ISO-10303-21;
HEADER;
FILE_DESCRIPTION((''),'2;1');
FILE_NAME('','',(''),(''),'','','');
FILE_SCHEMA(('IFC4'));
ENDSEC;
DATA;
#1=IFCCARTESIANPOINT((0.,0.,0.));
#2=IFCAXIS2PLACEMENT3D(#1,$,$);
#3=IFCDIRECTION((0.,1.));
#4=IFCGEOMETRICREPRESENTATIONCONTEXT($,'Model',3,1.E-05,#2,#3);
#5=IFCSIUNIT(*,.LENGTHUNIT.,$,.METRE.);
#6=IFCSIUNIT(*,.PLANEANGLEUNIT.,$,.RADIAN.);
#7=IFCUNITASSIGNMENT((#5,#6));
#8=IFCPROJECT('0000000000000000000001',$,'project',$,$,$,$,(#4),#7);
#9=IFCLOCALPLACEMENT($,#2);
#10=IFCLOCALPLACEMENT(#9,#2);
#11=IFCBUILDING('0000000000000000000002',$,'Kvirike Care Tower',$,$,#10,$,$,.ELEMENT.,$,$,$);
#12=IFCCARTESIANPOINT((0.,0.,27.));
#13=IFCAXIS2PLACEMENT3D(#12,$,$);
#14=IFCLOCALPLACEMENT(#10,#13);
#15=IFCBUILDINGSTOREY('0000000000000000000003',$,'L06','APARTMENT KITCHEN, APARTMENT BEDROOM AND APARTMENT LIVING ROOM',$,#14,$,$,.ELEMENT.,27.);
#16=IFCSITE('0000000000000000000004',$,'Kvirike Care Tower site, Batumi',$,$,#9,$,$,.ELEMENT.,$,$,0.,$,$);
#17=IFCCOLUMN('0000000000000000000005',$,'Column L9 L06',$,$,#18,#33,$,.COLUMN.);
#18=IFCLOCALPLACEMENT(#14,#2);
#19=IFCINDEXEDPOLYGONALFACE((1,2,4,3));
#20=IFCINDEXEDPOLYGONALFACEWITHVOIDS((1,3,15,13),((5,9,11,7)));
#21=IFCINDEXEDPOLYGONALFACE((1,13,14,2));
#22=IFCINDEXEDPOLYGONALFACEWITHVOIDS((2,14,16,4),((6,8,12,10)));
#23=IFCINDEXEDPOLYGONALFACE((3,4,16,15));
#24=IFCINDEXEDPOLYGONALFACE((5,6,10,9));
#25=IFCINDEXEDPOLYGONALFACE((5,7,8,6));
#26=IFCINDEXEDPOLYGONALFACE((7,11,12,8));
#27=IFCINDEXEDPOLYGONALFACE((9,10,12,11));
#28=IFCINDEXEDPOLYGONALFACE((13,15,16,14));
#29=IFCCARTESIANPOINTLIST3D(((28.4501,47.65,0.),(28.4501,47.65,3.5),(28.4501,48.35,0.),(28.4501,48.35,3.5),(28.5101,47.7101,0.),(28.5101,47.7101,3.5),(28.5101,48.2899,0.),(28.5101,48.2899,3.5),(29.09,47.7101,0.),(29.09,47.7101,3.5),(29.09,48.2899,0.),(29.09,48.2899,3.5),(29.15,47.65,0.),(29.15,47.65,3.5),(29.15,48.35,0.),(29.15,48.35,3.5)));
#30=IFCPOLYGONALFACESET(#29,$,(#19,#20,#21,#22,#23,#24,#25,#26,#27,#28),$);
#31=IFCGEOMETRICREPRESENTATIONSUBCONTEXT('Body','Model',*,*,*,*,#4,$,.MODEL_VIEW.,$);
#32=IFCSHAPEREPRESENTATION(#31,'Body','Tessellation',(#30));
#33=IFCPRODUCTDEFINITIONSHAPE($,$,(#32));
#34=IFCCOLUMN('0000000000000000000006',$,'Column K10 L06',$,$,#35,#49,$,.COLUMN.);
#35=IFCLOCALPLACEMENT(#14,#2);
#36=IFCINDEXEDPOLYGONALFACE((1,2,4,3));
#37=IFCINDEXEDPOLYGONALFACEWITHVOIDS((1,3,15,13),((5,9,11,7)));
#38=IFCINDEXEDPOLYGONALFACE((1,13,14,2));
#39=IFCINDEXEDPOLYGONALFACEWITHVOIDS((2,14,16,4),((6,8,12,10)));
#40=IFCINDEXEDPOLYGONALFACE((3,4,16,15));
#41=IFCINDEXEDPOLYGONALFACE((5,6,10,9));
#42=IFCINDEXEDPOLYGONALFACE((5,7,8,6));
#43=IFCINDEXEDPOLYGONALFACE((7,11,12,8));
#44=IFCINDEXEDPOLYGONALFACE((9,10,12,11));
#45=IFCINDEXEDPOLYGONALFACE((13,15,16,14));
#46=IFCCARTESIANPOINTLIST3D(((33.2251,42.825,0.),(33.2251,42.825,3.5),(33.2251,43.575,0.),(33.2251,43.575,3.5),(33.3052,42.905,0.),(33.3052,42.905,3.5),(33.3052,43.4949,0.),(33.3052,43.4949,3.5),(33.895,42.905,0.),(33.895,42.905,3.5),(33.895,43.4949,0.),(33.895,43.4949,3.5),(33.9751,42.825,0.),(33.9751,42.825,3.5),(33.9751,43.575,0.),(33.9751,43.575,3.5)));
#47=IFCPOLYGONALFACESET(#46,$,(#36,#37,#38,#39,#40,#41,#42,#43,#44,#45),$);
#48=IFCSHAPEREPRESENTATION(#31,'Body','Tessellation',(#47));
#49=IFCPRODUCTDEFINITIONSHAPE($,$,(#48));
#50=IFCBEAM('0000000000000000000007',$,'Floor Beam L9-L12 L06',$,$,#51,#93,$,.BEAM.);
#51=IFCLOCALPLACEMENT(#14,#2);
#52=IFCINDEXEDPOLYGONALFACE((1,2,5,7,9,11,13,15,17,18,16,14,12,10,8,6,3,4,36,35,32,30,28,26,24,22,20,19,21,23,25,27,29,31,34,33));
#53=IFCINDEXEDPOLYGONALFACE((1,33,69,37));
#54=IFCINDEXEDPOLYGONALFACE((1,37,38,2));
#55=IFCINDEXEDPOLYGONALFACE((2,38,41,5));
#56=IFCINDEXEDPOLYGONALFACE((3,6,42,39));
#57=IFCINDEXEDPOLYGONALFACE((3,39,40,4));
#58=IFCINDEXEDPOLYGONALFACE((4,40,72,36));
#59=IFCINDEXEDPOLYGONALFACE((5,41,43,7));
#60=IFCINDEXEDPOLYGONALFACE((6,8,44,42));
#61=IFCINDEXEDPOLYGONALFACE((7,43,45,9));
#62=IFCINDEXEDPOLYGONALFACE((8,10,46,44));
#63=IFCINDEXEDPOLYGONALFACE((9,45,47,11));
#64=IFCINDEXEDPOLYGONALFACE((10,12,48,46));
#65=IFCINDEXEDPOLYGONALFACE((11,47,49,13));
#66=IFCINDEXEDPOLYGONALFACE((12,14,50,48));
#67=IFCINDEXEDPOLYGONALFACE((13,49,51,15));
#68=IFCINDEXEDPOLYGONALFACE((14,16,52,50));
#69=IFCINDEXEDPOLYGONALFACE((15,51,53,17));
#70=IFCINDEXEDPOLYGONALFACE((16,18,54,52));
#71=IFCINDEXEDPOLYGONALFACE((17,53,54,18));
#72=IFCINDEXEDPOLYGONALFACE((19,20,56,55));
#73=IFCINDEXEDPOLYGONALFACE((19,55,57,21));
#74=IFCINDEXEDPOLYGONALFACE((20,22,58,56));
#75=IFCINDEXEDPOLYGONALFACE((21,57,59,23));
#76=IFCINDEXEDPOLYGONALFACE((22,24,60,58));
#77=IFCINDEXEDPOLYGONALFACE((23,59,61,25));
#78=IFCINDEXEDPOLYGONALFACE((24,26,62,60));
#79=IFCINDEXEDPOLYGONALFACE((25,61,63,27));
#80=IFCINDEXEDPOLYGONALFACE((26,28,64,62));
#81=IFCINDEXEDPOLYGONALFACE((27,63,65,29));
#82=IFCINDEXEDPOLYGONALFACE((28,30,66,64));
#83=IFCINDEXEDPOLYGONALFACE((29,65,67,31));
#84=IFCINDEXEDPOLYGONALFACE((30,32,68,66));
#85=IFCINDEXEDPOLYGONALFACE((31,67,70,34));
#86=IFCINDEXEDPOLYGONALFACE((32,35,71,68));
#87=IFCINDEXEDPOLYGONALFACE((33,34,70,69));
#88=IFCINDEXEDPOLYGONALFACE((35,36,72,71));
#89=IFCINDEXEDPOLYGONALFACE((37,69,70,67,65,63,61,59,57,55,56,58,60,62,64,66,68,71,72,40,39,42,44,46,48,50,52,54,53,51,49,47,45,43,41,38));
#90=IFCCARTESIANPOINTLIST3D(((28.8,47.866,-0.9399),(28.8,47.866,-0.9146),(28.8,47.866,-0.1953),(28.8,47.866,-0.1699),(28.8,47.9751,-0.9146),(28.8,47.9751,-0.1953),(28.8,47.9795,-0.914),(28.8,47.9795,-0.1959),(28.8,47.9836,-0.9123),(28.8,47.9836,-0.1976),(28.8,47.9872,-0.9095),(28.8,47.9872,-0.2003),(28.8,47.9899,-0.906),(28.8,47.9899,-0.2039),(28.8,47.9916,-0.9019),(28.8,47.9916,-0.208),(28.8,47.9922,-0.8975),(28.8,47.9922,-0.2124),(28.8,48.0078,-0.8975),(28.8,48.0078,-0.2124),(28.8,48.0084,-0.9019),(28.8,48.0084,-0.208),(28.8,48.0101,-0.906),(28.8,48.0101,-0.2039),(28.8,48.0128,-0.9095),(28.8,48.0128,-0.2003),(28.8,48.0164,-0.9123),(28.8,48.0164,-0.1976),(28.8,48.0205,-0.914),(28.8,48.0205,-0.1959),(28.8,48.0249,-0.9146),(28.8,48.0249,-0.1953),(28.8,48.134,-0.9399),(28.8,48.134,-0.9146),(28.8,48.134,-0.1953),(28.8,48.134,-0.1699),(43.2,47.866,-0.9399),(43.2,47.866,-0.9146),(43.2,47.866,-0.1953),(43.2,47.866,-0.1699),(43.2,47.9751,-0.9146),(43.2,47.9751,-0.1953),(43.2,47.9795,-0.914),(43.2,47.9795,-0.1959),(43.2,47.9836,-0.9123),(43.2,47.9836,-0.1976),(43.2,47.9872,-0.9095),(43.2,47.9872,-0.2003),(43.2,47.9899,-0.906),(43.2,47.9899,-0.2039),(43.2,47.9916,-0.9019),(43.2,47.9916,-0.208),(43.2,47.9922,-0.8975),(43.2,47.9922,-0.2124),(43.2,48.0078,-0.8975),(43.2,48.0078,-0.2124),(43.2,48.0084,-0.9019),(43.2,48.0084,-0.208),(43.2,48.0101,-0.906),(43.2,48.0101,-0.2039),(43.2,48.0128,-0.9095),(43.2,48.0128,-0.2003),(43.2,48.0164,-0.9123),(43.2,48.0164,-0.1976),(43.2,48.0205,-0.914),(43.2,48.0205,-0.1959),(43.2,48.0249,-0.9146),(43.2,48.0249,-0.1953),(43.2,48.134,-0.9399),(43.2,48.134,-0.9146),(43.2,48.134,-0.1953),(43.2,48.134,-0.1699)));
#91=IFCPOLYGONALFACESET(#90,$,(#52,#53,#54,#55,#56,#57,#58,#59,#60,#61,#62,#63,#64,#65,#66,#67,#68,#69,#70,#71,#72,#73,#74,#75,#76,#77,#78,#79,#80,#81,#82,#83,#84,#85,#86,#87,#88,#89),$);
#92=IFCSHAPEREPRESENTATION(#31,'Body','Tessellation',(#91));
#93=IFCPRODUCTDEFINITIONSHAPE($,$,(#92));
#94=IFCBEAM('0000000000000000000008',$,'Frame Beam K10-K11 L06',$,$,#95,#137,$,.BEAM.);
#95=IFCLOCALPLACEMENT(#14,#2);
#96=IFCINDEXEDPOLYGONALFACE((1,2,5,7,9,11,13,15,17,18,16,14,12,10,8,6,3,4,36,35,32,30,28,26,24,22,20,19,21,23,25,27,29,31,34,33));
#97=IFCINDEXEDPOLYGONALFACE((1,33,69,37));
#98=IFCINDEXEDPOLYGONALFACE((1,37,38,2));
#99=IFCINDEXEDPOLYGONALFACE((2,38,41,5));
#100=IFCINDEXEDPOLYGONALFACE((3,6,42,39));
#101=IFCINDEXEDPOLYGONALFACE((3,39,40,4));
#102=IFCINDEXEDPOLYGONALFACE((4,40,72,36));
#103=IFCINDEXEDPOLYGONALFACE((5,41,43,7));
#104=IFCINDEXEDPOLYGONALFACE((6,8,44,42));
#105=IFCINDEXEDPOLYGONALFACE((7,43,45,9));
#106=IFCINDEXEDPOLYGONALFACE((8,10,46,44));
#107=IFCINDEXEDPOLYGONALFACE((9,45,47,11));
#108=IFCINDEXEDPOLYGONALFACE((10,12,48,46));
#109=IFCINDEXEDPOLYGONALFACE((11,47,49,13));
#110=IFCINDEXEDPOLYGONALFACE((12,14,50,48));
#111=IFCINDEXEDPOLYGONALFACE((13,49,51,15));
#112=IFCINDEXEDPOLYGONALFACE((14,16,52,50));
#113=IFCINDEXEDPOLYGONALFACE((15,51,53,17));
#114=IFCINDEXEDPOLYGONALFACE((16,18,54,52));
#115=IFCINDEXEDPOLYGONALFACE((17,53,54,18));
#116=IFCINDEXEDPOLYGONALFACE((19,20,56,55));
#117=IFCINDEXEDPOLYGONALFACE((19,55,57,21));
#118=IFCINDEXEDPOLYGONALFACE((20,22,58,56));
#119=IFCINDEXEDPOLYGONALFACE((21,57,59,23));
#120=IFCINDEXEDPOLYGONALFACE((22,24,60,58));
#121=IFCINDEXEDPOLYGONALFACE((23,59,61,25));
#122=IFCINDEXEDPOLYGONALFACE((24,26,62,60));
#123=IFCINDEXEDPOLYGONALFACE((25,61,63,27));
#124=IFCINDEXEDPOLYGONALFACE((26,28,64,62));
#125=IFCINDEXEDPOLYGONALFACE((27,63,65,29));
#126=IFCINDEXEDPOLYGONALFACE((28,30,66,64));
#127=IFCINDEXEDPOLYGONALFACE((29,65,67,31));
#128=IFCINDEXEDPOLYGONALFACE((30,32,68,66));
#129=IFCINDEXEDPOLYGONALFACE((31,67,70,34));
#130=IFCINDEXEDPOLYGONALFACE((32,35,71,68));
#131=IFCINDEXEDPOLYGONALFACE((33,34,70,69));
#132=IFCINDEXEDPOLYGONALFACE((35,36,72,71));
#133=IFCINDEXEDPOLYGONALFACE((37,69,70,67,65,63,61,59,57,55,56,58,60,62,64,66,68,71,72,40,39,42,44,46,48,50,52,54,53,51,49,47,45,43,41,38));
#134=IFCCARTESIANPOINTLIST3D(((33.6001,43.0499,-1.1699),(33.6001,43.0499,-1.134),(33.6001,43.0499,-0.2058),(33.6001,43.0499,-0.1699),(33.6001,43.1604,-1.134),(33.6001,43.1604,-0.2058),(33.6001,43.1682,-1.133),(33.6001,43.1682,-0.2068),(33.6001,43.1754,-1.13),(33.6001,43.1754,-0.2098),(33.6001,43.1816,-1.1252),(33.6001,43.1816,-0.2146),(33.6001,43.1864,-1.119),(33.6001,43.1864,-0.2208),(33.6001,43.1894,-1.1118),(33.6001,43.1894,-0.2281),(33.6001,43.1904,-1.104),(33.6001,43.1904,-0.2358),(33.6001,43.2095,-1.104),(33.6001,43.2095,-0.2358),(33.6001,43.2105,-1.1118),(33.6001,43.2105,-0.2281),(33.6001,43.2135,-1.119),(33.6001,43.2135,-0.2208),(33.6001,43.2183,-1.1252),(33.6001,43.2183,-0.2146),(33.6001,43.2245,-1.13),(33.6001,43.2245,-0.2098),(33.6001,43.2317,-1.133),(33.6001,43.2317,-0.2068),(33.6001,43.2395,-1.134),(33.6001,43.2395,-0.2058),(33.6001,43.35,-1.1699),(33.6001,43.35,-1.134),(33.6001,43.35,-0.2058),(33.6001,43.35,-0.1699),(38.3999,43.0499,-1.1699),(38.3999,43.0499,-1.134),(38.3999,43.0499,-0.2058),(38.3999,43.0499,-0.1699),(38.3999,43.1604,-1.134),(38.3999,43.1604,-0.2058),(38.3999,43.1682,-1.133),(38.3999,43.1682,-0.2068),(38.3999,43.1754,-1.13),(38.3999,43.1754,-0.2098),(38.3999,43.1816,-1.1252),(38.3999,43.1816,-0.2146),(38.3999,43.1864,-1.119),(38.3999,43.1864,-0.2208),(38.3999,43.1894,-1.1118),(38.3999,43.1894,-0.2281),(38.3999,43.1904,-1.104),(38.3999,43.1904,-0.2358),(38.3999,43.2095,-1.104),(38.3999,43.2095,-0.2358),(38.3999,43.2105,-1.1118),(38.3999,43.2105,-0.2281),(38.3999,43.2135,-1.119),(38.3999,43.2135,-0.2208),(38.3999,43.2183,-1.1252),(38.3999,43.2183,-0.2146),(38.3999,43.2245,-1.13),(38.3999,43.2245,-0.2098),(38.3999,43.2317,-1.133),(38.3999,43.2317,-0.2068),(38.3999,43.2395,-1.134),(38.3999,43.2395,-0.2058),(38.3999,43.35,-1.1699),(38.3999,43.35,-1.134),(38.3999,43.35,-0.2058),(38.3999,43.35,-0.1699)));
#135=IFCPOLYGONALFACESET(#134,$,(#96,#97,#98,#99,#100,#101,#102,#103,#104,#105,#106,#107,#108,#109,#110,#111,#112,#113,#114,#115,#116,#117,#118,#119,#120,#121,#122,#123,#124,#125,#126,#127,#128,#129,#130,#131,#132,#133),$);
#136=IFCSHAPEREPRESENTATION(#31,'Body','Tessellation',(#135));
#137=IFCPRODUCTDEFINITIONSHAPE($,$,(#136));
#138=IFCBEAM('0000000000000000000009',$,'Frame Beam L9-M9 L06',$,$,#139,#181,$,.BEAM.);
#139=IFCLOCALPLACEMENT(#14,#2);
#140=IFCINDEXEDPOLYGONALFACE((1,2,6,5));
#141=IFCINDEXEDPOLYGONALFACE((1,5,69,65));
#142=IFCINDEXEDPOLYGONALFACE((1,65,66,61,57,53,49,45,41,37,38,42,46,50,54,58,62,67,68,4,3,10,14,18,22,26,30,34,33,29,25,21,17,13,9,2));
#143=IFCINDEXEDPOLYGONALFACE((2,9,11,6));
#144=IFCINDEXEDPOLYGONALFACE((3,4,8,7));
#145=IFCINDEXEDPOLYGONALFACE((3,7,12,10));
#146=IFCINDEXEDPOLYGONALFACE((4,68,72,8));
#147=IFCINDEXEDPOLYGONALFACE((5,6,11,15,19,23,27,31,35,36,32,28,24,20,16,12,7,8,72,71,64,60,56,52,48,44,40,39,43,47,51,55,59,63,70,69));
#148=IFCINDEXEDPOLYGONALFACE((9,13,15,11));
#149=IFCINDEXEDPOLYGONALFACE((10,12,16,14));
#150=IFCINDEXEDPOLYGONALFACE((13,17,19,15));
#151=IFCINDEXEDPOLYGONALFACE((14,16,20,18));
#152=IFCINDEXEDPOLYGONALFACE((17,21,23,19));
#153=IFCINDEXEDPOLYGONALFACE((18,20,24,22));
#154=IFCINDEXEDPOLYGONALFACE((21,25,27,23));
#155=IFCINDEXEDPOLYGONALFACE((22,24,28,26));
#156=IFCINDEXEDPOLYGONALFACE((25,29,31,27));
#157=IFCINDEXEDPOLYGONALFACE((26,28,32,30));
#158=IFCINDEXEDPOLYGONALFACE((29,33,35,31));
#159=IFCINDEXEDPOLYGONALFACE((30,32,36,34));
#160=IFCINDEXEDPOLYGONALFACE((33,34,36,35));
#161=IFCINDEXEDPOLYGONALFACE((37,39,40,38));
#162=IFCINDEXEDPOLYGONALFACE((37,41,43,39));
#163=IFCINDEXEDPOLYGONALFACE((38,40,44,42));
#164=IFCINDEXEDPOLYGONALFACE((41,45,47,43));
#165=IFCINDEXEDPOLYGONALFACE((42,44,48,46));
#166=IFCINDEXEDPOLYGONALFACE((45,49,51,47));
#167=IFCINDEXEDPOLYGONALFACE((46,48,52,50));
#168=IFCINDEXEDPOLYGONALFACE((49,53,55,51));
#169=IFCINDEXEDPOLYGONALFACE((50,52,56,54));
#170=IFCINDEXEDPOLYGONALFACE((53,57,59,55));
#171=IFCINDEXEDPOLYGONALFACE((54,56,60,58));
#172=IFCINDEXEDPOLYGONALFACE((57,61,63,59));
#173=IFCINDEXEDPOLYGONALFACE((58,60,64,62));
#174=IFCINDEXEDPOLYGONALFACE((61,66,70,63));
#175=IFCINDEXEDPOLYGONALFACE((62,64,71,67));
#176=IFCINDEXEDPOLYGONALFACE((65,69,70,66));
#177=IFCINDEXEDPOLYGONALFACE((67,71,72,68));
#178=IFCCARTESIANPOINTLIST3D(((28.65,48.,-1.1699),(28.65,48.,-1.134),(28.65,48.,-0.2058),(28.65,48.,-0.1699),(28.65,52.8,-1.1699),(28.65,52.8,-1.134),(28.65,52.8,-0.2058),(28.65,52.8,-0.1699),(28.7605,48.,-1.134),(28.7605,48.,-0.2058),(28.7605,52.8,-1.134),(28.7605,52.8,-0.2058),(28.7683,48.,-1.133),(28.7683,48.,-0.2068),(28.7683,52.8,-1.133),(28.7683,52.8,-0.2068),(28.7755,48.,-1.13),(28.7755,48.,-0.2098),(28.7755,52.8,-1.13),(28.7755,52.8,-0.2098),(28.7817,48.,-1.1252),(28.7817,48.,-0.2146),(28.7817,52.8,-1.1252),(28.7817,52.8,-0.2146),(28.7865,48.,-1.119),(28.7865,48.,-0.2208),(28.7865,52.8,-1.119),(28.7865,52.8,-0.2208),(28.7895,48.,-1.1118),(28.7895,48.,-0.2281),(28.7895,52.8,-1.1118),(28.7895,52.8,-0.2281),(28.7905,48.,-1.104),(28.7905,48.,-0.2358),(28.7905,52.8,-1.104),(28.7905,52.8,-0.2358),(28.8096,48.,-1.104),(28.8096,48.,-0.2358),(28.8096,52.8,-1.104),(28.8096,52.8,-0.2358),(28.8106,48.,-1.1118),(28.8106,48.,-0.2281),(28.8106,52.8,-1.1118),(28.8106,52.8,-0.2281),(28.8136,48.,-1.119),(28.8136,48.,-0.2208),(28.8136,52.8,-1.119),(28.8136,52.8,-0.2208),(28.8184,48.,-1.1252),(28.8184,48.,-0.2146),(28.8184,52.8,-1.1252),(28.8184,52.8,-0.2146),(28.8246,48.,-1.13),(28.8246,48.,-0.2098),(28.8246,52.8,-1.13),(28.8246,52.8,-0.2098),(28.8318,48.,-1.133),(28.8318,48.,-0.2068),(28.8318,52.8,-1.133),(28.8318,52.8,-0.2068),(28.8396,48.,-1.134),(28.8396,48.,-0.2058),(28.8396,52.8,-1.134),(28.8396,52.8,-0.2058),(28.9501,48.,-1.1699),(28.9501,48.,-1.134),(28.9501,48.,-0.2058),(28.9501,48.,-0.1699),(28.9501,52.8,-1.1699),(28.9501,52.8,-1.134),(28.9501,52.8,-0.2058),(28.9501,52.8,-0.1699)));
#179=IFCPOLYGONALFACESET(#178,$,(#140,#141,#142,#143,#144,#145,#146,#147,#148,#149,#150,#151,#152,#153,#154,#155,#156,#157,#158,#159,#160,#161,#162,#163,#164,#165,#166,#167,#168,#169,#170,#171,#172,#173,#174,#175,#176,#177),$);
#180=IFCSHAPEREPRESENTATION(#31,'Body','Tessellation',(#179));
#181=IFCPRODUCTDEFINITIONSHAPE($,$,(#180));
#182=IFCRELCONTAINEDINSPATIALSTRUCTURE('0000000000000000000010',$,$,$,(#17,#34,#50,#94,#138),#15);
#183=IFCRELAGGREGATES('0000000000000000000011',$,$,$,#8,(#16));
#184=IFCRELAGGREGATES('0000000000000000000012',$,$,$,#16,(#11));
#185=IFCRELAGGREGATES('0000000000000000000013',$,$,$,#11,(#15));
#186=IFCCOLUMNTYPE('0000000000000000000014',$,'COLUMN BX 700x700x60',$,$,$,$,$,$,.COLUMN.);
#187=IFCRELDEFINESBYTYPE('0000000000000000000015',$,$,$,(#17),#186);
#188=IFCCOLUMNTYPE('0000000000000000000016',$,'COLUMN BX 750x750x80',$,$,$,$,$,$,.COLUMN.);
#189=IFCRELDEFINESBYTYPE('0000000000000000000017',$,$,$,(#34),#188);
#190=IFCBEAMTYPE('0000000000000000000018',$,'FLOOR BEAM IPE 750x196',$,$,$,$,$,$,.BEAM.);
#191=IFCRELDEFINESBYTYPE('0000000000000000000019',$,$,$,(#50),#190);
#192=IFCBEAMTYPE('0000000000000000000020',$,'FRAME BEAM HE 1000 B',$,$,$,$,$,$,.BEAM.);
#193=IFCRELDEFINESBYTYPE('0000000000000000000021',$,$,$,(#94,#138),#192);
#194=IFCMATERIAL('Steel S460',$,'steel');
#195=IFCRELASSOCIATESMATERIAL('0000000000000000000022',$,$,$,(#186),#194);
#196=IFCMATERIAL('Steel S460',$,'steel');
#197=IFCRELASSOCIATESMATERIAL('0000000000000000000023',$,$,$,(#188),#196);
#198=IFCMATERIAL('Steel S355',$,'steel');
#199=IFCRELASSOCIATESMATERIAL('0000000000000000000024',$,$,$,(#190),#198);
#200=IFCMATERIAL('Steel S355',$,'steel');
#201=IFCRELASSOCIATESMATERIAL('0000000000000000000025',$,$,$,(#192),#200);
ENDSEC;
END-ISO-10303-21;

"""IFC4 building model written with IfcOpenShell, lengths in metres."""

from ifc_helpers import new_model, si_unit, direction, frame, origin, origin_2d, place, context, subcontext, project, spatial, hollow_rectangle, i_section, extrude, material, material_profile, profile_set, type_object, element, save


model = new_model("IFC4")

# Units and contexts
model_context = context("Model", 3, precision=1e-05, world=origin(), true_north=direction((0.0, 1.0)))
body_context = subcontext(model_context, "Body", "Model", "MODEL_VIEW")
ifc_project = project(units=[si_unit("LENGTHUNIT", "METRE"), si_unit("PLANEANGLEUNIT", "RADIAN")], contexts=[model_context])

# Site, building, storey
site_placement = place(None, origin())
site = spatial("IfcSite", under=ifc_project, at=site_placement, Name="Kvirike Care Tower site, Batumi", CompositionType="ELEMENT", RefElevation=0.0)
building_placement = place(site_placement, origin())
building = spatial("IfcBuilding", under=site, at=building_placement, Name="Kvirike Care Tower", CompositionType="ELEMENT")
storey_placement = place(building_placement, frame((0.0, 0.0, 27.0)))
storey = spatial("IfcBuildingStorey", under=building, at=storey_placement, Name="L06", Description="APARTMENT KITCHEN, APARTMENT BEDROOM AND APARTMENT LIVING ROOM", CompositionType="ELEMENT", Elevation=27.0)

# Columns
ifc_material_1 = material(Name="Steel S460", Category="steel")
ifc_material_profile_1 = material_profile(ifc_material_1, hollow_rectangle(XDim=0.7, YDim=0.7, WallThickness=0.0601, at=origin_2d()), Name="BX 700x700x60")
ifc_profile_set_1 = profile_set([ifc_material_profile_1], Name="Steel S460")
column_type_1 = type_object("IfcColumnType", Name="COLUMN BX 700x700x60", PredefinedType="COLUMN", material=ifc_profile_set_1)
column_1_placement = place(storey_placement, frame((28.8, 48.0, 0.0), z_axis=(0.0, 0.0, 1.0), x_axis=(1.0, 0.0, 0.0)))
element("IfcColumn", 1, at=column_1_placement, inside=storey, type_object=column_type_1, Name="Column L9 L06", PredefinedType="COLUMN", context=body_context, shape_type="SweptSolid", body=[
    extrude(hollow_rectangle(XDim=0.7, YDim=0.7, WallThickness=0.0601, at=origin_2d()), origin(), (0.0, 0.0, 1.0), 3.5),
])
ifc_material_2 = material(Name="Steel S460", Category="steel")
ifc_material_profile_2 = material_profile(ifc_material_2, hollow_rectangle(XDim=0.75, YDim=0.75, WallThickness=0.0801, at=origin_2d()), Name="BX 750x750x80")
ifc_profile_set_2 = profile_set([ifc_material_profile_2], Name="Steel S460")
column_type_2 = type_object("IfcColumnType", Name="COLUMN BX 750x750x80", PredefinedType="COLUMN", material=ifc_profile_set_2)
column_2_placement = place(storey_placement, frame((33.6001, 43.2, 0.0), z_axis=(0.0, 0.0, 1.0), x_axis=(0.0, 1.0, 0.0)))
element("IfcColumn", 2, at=column_2_placement, inside=storey, type_object=column_type_2, Name="Column K10 L06", PredefinedType="COLUMN", context=body_context, shape_type="SweptSolid", body=[
    extrude(hollow_rectangle(XDim=0.75, YDim=0.75, WallThickness=0.0801, at=origin_2d()), origin(), (0.0, 0.0, 1.0), 3.5),
])

# Beams
ifc_material_3 = material(Name="Steel S355", Category="steel")
ifc_material_profile_3 = material_profile(ifc_material_3, i_section(OverallWidth=0.2681, OverallDepth=0.77, WebThickness=0.0156, FlangeThickness=0.0254, FilletRadius=0.0171, at=origin_2d()), Name="IPE 750x196")
ifc_profile_set_3 = profile_set([ifc_material_profile_3], Name="Steel S355")
beam_type_1 = type_object("IfcBeamType", Name="FLOOR BEAM IPE 750x196", PredefinedType="BEAM", material=ifc_profile_set_3)
beam_1_placement = place(storey_placement, frame((28.8, 48.0, -0.5549), z_axis=(1.0, 0.0, 0.0), x_axis=(0.0, 1.0, 0.0)))
element("IfcBeam", 3, at=beam_1_placement, inside=storey, type_object=beam_type_1, Name="Floor Beam L9-L12 L06", PredefinedType="BEAM", context=body_context, shape_type="SweptSolid", body=[
    extrude(i_section(OverallWidth=0.2681, OverallDepth=0.77, WebThickness=0.0156, FlangeThickness=0.0254, FilletRadius=0.0171, at=origin_2d()), origin(), (0.0, 0.0, 1.0), 14.3999),
])
ifc_material_4 = material(Name="Steel S355", Category="steel")
ifc_material_profile_4 = material_profile(ifc_material_4, i_section(OverallWidth=0.3, OverallDepth=1.0, WebThickness=0.019, FlangeThickness=0.0359, FilletRadius=0.03, at=origin_2d()), Name="HE 1000 B")
ifc_profile_set_4 = profile_set([ifc_material_profile_4], Name="Steel S355")
beam_type_2 = type_object("IfcBeamType", Name="FRAME BEAM HE 1000 B", PredefinedType="BEAM", material=ifc_profile_set_4)
beam_2_placement = place(storey_placement, frame((33.6001, 43.2, -0.6699), z_axis=(1.0, 0.0, 0.0), x_axis=(0.0, 1.0, 0.0)))
element("IfcBeam", 4, at=beam_2_placement, inside=storey, type_object=beam_type_2, Name="Frame Beam K10-K11 L06", PredefinedType="BEAM", context=body_context, shape_type="SweptSolid", body=[
    extrude(i_section(OverallWidth=0.3, OverallDepth=1.0, WebThickness=0.019, FlangeThickness=0.0359, FilletRadius=0.03, at=origin_2d()), origin(), (0.0, 0.0, 1.0), 4.7998),
])
beam_3_placement = place(storey_placement, frame((28.8, 48.0, -0.6699), z_axis=(0.0, 1.0, 0.0), x_axis=(-1.0, 0.0, 0.0)))
element("IfcBeam", 5, at=beam_3_placement, inside=storey, type_object=beam_type_2, Name="Frame Beam L9-M9 L06", PredefinedType="BEAM", context=body_context, shape_type="SweptSolid", body=[
    extrude(i_section(OverallWidth=0.3, OverallDepth=1.0, WebThickness=0.019, FlangeThickness=0.0359, FilletRadius=0.03, at=origin_2d()), origin(), (0.0, 0.0, 1.0), 4.8),
])

save(model, "model.ifc")
